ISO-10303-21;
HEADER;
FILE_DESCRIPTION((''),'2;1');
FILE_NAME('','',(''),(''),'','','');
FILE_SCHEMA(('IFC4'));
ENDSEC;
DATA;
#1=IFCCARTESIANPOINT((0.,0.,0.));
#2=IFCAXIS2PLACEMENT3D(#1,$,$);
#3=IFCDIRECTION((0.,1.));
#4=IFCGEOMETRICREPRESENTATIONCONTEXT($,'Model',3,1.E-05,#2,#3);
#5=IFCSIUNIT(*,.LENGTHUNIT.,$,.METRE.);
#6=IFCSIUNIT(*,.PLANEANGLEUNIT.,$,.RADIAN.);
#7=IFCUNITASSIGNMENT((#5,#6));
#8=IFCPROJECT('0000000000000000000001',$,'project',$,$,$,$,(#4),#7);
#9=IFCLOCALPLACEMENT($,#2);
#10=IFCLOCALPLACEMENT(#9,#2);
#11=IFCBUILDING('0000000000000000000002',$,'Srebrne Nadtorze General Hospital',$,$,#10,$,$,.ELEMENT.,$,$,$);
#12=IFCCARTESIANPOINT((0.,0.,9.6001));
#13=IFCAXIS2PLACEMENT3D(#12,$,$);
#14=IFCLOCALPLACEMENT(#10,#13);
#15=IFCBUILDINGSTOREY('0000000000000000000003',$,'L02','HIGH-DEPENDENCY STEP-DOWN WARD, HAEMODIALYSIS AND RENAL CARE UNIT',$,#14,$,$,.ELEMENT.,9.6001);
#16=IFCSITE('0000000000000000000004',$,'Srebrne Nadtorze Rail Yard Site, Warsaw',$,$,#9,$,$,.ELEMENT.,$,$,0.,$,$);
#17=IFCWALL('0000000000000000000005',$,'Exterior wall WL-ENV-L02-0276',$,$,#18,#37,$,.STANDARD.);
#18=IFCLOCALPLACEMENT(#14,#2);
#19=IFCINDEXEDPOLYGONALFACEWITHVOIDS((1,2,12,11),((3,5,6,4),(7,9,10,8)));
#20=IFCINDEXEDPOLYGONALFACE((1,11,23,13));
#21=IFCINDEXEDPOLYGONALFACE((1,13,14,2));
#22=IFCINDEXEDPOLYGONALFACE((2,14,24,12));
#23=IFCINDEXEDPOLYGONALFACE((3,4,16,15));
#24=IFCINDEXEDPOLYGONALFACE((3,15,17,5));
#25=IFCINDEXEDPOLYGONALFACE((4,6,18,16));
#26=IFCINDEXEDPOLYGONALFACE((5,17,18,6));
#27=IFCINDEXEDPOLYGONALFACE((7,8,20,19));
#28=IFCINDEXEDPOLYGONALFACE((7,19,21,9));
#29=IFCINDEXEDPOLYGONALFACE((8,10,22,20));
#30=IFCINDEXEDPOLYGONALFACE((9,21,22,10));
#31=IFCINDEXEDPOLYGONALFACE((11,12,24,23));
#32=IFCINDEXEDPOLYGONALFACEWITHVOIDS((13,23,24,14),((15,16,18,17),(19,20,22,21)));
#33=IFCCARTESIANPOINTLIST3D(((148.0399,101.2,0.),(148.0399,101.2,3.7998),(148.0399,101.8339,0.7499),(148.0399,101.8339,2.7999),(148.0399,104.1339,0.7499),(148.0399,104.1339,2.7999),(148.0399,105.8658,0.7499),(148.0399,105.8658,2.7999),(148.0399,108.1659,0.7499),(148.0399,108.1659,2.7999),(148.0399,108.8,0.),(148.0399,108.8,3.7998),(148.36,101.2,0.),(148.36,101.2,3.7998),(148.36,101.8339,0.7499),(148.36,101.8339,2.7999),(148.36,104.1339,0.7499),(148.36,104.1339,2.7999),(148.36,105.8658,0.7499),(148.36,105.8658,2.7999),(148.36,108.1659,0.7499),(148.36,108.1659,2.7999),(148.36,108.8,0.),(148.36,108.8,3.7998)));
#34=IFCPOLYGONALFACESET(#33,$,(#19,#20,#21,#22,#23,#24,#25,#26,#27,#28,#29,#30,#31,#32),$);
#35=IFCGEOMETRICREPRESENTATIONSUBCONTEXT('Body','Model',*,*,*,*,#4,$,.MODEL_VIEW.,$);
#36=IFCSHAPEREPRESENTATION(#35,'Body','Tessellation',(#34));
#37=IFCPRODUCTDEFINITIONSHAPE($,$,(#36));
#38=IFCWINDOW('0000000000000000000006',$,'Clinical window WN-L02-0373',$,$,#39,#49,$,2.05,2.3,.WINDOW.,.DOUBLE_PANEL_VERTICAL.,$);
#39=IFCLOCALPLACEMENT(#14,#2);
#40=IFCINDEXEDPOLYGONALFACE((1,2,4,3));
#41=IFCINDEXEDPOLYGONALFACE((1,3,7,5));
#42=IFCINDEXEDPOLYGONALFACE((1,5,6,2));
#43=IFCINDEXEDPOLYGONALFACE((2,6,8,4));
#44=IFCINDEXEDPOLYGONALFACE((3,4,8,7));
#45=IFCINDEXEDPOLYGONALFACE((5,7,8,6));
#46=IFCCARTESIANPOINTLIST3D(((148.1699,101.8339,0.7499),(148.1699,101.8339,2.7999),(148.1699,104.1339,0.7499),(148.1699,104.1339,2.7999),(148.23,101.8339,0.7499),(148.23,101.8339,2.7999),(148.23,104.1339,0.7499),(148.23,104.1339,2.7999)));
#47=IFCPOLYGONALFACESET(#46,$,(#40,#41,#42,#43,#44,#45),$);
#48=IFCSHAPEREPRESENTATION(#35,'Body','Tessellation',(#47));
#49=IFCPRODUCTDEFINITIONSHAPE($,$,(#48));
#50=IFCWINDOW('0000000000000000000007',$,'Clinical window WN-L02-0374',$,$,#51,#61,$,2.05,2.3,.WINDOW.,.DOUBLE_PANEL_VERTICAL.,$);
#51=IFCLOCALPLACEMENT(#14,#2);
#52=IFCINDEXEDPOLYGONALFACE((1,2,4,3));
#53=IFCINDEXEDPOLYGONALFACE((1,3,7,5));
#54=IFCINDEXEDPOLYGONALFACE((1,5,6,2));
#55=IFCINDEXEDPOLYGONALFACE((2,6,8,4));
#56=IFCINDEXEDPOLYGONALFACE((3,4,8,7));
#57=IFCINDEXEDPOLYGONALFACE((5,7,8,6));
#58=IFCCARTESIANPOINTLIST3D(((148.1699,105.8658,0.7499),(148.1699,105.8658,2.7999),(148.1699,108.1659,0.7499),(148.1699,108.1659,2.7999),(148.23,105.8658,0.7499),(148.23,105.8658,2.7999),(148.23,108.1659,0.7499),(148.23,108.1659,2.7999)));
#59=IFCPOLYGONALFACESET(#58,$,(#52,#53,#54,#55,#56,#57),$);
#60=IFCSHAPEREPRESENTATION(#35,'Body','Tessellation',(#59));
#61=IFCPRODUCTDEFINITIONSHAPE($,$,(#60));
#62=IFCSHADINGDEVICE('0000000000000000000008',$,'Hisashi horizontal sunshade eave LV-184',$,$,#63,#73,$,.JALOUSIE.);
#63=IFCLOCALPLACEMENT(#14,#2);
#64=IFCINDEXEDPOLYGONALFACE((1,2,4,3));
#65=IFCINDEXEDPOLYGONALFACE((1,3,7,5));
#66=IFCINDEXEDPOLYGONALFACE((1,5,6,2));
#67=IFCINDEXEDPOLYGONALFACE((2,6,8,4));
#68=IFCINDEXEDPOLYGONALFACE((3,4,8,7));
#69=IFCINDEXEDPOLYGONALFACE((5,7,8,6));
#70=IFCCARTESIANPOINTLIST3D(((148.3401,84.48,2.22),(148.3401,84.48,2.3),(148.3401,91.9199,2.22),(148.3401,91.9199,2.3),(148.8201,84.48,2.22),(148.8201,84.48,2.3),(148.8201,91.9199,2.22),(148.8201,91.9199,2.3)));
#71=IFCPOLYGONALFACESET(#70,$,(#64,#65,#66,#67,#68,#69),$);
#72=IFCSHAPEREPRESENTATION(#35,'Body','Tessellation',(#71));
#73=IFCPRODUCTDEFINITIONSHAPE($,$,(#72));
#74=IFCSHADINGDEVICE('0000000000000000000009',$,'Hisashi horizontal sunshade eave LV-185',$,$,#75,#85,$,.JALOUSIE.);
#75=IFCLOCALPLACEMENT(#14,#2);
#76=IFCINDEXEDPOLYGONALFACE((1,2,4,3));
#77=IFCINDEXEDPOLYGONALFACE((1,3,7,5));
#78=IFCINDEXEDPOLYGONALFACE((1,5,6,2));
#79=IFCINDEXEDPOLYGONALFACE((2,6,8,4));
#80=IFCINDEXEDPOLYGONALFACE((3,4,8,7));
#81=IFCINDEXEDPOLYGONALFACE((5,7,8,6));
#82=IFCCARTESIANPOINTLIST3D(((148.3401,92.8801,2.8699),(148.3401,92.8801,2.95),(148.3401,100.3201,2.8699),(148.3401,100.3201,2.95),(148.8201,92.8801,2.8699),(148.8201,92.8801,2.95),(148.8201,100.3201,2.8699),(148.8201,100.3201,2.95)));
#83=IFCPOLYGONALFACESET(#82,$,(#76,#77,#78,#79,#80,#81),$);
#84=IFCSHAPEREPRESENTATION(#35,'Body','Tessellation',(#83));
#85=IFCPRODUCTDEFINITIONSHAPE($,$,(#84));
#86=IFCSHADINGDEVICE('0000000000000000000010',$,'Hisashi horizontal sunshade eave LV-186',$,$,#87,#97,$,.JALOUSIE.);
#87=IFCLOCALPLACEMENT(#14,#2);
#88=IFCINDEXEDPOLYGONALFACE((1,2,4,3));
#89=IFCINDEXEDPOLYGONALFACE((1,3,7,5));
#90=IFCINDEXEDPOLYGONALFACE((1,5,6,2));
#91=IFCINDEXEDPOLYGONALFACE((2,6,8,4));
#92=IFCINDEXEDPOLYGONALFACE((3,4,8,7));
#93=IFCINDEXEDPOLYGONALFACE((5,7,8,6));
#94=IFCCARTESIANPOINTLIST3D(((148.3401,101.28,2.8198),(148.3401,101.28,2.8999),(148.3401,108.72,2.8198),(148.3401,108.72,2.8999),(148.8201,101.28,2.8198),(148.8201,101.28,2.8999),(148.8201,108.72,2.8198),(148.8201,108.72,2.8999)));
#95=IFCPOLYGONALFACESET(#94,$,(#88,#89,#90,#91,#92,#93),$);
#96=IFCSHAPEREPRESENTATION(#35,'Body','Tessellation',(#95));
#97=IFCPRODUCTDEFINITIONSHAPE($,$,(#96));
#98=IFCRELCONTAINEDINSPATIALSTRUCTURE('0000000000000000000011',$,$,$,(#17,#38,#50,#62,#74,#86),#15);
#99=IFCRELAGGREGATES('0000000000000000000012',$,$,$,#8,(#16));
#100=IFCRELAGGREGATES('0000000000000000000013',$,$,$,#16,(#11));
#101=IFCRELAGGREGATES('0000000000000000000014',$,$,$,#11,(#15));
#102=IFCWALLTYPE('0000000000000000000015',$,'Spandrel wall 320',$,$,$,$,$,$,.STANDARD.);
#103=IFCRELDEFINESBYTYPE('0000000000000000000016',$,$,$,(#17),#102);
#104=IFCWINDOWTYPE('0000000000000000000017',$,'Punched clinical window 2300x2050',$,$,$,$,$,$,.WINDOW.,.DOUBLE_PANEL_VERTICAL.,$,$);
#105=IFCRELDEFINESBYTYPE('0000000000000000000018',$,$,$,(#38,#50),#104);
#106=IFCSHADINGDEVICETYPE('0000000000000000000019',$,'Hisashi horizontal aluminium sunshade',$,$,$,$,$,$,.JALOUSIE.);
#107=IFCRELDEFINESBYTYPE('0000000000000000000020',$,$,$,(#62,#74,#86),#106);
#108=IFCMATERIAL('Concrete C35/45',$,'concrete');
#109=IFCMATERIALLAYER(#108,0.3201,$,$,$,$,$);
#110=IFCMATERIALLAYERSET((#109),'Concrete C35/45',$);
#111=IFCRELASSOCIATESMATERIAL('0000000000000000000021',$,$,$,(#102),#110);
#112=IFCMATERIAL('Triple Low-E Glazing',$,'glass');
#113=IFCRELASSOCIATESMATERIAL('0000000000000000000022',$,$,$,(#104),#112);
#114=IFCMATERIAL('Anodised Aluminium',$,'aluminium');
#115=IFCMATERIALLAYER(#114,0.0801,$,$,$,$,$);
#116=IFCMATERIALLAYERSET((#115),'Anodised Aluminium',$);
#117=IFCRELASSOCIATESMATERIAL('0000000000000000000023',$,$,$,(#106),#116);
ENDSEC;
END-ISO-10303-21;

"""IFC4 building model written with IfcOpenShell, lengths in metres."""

from ifc_helpers import new_model, si_unit, direction, frame, frame_2d, origin, origin_2d, place, context, subcontext, project, spatial, rectangle, extrude, material, layer, layer_set, type_object, element, fill, save


model = new_model("IFC4")

# Units and contexts
model_context = context("Model", 3, precision=1e-05, world=origin(), true_north=direction((0.0, 1.0)))
body_context = subcontext(model_context, "Body", "Model", "MODEL_VIEW")
ifc_project = project(units=[si_unit("LENGTHUNIT", "METRE"), si_unit("PLANEANGLEUNIT", "RADIAN")], contexts=[model_context])

# Site, building, storey
site_placement = place(None, origin())
site = spatial("IfcSite", under=ifc_project, at=site_placement, Name="Srebrne Nadtorze Rail Yard Site, Warsaw", CompositionType="ELEMENT", RefElevation=0.0)
building_placement = place(site_placement, origin())
building = spatial("IfcBuilding", under=site, at=building_placement, Name="Srebrne Nadtorze General Hospital", CompositionType="ELEMENT")
storey_placement = place(building_placement, frame((0.0, 0.0, 9.6001)))
storey = spatial("IfcBuildingStorey", under=building, at=storey_placement, Name="L02", Description="HIGH-DEPENDENCY STEP-DOWN WARD, HAEMODIALYSIS AND RENAL CARE UNIT", CompositionType="ELEMENT", Elevation=9.6001)

# Wall, openings, windows
ifc_material_1 = material(Name="Concrete C35/45", Category="concrete")
ifc_layer_1 = layer(ifc_material_1, 0.3201)
ifc_layer_set_1 = layer_set([ifc_layer_1], Name="Concrete C35/45")
wall_type_1 = type_object("IfcWallType", Name="Spandrel wall 320", PredefinedType="STANDARD", material=ifc_layer_set_1)
wall_1_placement = place(storey_placement, frame((148.2, 101.2, 0.0), z_axis=(0.0, 0.0, 1.0), x_axis=(0.0, 1.0, 0.0)))
wall_1 = element("IfcWall", 1, at=wall_1_placement, inside=storey, type_object=wall_type_1, Name="Exterior wall WL-ENV-L02-0276", PredefinedType="STANDARD", context=body_context, shape_type="SweptSolid", body=[
    extrude(rectangle(XDim=7.6001, YDim=0.3201, at=frame_2d((3.8, 0.0))), origin(), (0.0, 0.0, 1.0), 3.7998),
])
opening_1_placement = place(wall_1_placement, frame((0.634, 0.0, 0.75)))
opening_1 = element("IfcOpeningElement", 2, at=opening_1_placement, cuts=wall_1, PredefinedType="OPENING", context=body_context, shape_type="SweptSolid", body=[
    extrude(rectangle(XDim=2.3, YDim=2.05, at=frame_2d((1.1499, 1.0249))), frame((0.0, 0.1719, 0.0), z_axis=(0.0, -1.0, 0.0), x_axis=(1.0, 0.0, 0.0)), (0.0, 0.0, 1.0), 0.344),
])
opening_2_placement = place(wall_1_placement, frame((4.666, 0.0, 0.75)))
opening_2 = element("IfcOpeningElement", 3, at=opening_2_placement, cuts=wall_1, PredefinedType="OPENING", context=body_context, shape_type="SweptSolid", body=[
    extrude(rectangle(XDim=2.3, YDim=2.05, at=frame_2d((1.1499, 1.0249))), frame((0.0, 0.1719, 0.0), z_axis=(0.0, -1.0, 0.0), x_axis=(1.0, 0.0, 0.0)), (0.0, 0.0, 1.0), 0.344),
])
ifc_material_2 = material(Name="Triple Low-E Glazing", Category="glass")
window_type_1 = type_object("IfcWindowType", Name="Punched clinical window 2300x2050", PartitioningType="DOUBLE_PANEL_VERTICAL", PredefinedType="WINDOW", material=ifc_material_2)
window_1_placement = place(opening_1_placement, origin())
window_1 = element("IfcWindow", 4, at=window_1_placement, inside=storey, type_object=window_type_1, Name="Clinical window WN-L02-0373", OverallHeight=2.05, OverallWidth=2.3, PartitioningType="DOUBLE_PANEL_VERTICAL", PredefinedType="WINDOW", context=body_context, shape_type="SweptSolid", body=[
    extrude(rectangle(XDim=2.3, YDim=2.05, at=frame_2d((1.1499, 1.0249))), frame((0.0, 0.03, 0.0), z_axis=(0.0, -1.0, 0.0), x_axis=(1.0, 0.0, 0.0)), (0.0, 0.0, 1.0), 0.0601),
])
fill(opening_1, window_1)
window_2_placement = place(opening_2_placement, origin())
window_2 = element("IfcWindow", 5, at=window_2_placement, inside=storey, type_object=window_type_1, Name="Clinical window WN-L02-0374", OverallHeight=2.05, OverallWidth=2.3, PartitioningType="DOUBLE_PANEL_VERTICAL", PredefinedType="WINDOW", context=body_context, shape_type="SweptSolid", body=[
    extrude(rectangle(XDim=2.3, YDim=2.05, at=frame_2d((1.1499, 1.0249))), frame((0.0, 0.03, 0.0), z_axis=(0.0, -1.0, 0.0), x_axis=(1.0, 0.0, 0.0)), (0.0, 0.0, 1.0), 0.0601),
])
fill(opening_2, window_2)

# Shading devices
ifc_material_3 = material(Name="Anodised Aluminium", Category="aluminium")
ifc_layer_2 = layer(ifc_material_3, 0.0801)
ifc_layer_set_2 = layer_set([ifc_layer_2], Name="Anodised Aluminium")
shading_device_type = type_object("IfcShadingDeviceType", Name="Hisashi horizontal aluminium sunshade", PredefinedType="JALOUSIE", material=ifc_layer_set_2)
for number, where, z_axis, x_axis, name in (
    (6, (148.5801, 88.2, 2.22), (0.0, 0.0, 1.0), (1.0, 0.0, 0.0), "Hisashi horizontal sunshade eave LV-184"),
    (7, (148.5801, 96.6001, 2.8699), (0.0, 0.0, 1.0), (1.0, 0.0, 0.0), "Hisashi horizontal sunshade eave LV-185"),
    (8, (148.5801, 105.0, 2.8198), (0.0, 0.0, 1.0), (1.0, 0.0, 0.0), "Hisashi horizontal sunshade eave LV-186"),
):
    element("IfcShadingDevice", number, at=place(storey_placement, frame(where, z_axis=z_axis, x_axis=x_axis)), inside=storey, type_object=shading_device_type, Name=name, PredefinedType="JALOUSIE", context=body_context, shape_type="SweptSolid", body=[
        extrude(rectangle(XDim=0.48, YDim=7.4399, at=origin_2d()), origin(), (0.0, 0.0, 1.0), 0.0801),
    ])

save(model, "model.ifc")
